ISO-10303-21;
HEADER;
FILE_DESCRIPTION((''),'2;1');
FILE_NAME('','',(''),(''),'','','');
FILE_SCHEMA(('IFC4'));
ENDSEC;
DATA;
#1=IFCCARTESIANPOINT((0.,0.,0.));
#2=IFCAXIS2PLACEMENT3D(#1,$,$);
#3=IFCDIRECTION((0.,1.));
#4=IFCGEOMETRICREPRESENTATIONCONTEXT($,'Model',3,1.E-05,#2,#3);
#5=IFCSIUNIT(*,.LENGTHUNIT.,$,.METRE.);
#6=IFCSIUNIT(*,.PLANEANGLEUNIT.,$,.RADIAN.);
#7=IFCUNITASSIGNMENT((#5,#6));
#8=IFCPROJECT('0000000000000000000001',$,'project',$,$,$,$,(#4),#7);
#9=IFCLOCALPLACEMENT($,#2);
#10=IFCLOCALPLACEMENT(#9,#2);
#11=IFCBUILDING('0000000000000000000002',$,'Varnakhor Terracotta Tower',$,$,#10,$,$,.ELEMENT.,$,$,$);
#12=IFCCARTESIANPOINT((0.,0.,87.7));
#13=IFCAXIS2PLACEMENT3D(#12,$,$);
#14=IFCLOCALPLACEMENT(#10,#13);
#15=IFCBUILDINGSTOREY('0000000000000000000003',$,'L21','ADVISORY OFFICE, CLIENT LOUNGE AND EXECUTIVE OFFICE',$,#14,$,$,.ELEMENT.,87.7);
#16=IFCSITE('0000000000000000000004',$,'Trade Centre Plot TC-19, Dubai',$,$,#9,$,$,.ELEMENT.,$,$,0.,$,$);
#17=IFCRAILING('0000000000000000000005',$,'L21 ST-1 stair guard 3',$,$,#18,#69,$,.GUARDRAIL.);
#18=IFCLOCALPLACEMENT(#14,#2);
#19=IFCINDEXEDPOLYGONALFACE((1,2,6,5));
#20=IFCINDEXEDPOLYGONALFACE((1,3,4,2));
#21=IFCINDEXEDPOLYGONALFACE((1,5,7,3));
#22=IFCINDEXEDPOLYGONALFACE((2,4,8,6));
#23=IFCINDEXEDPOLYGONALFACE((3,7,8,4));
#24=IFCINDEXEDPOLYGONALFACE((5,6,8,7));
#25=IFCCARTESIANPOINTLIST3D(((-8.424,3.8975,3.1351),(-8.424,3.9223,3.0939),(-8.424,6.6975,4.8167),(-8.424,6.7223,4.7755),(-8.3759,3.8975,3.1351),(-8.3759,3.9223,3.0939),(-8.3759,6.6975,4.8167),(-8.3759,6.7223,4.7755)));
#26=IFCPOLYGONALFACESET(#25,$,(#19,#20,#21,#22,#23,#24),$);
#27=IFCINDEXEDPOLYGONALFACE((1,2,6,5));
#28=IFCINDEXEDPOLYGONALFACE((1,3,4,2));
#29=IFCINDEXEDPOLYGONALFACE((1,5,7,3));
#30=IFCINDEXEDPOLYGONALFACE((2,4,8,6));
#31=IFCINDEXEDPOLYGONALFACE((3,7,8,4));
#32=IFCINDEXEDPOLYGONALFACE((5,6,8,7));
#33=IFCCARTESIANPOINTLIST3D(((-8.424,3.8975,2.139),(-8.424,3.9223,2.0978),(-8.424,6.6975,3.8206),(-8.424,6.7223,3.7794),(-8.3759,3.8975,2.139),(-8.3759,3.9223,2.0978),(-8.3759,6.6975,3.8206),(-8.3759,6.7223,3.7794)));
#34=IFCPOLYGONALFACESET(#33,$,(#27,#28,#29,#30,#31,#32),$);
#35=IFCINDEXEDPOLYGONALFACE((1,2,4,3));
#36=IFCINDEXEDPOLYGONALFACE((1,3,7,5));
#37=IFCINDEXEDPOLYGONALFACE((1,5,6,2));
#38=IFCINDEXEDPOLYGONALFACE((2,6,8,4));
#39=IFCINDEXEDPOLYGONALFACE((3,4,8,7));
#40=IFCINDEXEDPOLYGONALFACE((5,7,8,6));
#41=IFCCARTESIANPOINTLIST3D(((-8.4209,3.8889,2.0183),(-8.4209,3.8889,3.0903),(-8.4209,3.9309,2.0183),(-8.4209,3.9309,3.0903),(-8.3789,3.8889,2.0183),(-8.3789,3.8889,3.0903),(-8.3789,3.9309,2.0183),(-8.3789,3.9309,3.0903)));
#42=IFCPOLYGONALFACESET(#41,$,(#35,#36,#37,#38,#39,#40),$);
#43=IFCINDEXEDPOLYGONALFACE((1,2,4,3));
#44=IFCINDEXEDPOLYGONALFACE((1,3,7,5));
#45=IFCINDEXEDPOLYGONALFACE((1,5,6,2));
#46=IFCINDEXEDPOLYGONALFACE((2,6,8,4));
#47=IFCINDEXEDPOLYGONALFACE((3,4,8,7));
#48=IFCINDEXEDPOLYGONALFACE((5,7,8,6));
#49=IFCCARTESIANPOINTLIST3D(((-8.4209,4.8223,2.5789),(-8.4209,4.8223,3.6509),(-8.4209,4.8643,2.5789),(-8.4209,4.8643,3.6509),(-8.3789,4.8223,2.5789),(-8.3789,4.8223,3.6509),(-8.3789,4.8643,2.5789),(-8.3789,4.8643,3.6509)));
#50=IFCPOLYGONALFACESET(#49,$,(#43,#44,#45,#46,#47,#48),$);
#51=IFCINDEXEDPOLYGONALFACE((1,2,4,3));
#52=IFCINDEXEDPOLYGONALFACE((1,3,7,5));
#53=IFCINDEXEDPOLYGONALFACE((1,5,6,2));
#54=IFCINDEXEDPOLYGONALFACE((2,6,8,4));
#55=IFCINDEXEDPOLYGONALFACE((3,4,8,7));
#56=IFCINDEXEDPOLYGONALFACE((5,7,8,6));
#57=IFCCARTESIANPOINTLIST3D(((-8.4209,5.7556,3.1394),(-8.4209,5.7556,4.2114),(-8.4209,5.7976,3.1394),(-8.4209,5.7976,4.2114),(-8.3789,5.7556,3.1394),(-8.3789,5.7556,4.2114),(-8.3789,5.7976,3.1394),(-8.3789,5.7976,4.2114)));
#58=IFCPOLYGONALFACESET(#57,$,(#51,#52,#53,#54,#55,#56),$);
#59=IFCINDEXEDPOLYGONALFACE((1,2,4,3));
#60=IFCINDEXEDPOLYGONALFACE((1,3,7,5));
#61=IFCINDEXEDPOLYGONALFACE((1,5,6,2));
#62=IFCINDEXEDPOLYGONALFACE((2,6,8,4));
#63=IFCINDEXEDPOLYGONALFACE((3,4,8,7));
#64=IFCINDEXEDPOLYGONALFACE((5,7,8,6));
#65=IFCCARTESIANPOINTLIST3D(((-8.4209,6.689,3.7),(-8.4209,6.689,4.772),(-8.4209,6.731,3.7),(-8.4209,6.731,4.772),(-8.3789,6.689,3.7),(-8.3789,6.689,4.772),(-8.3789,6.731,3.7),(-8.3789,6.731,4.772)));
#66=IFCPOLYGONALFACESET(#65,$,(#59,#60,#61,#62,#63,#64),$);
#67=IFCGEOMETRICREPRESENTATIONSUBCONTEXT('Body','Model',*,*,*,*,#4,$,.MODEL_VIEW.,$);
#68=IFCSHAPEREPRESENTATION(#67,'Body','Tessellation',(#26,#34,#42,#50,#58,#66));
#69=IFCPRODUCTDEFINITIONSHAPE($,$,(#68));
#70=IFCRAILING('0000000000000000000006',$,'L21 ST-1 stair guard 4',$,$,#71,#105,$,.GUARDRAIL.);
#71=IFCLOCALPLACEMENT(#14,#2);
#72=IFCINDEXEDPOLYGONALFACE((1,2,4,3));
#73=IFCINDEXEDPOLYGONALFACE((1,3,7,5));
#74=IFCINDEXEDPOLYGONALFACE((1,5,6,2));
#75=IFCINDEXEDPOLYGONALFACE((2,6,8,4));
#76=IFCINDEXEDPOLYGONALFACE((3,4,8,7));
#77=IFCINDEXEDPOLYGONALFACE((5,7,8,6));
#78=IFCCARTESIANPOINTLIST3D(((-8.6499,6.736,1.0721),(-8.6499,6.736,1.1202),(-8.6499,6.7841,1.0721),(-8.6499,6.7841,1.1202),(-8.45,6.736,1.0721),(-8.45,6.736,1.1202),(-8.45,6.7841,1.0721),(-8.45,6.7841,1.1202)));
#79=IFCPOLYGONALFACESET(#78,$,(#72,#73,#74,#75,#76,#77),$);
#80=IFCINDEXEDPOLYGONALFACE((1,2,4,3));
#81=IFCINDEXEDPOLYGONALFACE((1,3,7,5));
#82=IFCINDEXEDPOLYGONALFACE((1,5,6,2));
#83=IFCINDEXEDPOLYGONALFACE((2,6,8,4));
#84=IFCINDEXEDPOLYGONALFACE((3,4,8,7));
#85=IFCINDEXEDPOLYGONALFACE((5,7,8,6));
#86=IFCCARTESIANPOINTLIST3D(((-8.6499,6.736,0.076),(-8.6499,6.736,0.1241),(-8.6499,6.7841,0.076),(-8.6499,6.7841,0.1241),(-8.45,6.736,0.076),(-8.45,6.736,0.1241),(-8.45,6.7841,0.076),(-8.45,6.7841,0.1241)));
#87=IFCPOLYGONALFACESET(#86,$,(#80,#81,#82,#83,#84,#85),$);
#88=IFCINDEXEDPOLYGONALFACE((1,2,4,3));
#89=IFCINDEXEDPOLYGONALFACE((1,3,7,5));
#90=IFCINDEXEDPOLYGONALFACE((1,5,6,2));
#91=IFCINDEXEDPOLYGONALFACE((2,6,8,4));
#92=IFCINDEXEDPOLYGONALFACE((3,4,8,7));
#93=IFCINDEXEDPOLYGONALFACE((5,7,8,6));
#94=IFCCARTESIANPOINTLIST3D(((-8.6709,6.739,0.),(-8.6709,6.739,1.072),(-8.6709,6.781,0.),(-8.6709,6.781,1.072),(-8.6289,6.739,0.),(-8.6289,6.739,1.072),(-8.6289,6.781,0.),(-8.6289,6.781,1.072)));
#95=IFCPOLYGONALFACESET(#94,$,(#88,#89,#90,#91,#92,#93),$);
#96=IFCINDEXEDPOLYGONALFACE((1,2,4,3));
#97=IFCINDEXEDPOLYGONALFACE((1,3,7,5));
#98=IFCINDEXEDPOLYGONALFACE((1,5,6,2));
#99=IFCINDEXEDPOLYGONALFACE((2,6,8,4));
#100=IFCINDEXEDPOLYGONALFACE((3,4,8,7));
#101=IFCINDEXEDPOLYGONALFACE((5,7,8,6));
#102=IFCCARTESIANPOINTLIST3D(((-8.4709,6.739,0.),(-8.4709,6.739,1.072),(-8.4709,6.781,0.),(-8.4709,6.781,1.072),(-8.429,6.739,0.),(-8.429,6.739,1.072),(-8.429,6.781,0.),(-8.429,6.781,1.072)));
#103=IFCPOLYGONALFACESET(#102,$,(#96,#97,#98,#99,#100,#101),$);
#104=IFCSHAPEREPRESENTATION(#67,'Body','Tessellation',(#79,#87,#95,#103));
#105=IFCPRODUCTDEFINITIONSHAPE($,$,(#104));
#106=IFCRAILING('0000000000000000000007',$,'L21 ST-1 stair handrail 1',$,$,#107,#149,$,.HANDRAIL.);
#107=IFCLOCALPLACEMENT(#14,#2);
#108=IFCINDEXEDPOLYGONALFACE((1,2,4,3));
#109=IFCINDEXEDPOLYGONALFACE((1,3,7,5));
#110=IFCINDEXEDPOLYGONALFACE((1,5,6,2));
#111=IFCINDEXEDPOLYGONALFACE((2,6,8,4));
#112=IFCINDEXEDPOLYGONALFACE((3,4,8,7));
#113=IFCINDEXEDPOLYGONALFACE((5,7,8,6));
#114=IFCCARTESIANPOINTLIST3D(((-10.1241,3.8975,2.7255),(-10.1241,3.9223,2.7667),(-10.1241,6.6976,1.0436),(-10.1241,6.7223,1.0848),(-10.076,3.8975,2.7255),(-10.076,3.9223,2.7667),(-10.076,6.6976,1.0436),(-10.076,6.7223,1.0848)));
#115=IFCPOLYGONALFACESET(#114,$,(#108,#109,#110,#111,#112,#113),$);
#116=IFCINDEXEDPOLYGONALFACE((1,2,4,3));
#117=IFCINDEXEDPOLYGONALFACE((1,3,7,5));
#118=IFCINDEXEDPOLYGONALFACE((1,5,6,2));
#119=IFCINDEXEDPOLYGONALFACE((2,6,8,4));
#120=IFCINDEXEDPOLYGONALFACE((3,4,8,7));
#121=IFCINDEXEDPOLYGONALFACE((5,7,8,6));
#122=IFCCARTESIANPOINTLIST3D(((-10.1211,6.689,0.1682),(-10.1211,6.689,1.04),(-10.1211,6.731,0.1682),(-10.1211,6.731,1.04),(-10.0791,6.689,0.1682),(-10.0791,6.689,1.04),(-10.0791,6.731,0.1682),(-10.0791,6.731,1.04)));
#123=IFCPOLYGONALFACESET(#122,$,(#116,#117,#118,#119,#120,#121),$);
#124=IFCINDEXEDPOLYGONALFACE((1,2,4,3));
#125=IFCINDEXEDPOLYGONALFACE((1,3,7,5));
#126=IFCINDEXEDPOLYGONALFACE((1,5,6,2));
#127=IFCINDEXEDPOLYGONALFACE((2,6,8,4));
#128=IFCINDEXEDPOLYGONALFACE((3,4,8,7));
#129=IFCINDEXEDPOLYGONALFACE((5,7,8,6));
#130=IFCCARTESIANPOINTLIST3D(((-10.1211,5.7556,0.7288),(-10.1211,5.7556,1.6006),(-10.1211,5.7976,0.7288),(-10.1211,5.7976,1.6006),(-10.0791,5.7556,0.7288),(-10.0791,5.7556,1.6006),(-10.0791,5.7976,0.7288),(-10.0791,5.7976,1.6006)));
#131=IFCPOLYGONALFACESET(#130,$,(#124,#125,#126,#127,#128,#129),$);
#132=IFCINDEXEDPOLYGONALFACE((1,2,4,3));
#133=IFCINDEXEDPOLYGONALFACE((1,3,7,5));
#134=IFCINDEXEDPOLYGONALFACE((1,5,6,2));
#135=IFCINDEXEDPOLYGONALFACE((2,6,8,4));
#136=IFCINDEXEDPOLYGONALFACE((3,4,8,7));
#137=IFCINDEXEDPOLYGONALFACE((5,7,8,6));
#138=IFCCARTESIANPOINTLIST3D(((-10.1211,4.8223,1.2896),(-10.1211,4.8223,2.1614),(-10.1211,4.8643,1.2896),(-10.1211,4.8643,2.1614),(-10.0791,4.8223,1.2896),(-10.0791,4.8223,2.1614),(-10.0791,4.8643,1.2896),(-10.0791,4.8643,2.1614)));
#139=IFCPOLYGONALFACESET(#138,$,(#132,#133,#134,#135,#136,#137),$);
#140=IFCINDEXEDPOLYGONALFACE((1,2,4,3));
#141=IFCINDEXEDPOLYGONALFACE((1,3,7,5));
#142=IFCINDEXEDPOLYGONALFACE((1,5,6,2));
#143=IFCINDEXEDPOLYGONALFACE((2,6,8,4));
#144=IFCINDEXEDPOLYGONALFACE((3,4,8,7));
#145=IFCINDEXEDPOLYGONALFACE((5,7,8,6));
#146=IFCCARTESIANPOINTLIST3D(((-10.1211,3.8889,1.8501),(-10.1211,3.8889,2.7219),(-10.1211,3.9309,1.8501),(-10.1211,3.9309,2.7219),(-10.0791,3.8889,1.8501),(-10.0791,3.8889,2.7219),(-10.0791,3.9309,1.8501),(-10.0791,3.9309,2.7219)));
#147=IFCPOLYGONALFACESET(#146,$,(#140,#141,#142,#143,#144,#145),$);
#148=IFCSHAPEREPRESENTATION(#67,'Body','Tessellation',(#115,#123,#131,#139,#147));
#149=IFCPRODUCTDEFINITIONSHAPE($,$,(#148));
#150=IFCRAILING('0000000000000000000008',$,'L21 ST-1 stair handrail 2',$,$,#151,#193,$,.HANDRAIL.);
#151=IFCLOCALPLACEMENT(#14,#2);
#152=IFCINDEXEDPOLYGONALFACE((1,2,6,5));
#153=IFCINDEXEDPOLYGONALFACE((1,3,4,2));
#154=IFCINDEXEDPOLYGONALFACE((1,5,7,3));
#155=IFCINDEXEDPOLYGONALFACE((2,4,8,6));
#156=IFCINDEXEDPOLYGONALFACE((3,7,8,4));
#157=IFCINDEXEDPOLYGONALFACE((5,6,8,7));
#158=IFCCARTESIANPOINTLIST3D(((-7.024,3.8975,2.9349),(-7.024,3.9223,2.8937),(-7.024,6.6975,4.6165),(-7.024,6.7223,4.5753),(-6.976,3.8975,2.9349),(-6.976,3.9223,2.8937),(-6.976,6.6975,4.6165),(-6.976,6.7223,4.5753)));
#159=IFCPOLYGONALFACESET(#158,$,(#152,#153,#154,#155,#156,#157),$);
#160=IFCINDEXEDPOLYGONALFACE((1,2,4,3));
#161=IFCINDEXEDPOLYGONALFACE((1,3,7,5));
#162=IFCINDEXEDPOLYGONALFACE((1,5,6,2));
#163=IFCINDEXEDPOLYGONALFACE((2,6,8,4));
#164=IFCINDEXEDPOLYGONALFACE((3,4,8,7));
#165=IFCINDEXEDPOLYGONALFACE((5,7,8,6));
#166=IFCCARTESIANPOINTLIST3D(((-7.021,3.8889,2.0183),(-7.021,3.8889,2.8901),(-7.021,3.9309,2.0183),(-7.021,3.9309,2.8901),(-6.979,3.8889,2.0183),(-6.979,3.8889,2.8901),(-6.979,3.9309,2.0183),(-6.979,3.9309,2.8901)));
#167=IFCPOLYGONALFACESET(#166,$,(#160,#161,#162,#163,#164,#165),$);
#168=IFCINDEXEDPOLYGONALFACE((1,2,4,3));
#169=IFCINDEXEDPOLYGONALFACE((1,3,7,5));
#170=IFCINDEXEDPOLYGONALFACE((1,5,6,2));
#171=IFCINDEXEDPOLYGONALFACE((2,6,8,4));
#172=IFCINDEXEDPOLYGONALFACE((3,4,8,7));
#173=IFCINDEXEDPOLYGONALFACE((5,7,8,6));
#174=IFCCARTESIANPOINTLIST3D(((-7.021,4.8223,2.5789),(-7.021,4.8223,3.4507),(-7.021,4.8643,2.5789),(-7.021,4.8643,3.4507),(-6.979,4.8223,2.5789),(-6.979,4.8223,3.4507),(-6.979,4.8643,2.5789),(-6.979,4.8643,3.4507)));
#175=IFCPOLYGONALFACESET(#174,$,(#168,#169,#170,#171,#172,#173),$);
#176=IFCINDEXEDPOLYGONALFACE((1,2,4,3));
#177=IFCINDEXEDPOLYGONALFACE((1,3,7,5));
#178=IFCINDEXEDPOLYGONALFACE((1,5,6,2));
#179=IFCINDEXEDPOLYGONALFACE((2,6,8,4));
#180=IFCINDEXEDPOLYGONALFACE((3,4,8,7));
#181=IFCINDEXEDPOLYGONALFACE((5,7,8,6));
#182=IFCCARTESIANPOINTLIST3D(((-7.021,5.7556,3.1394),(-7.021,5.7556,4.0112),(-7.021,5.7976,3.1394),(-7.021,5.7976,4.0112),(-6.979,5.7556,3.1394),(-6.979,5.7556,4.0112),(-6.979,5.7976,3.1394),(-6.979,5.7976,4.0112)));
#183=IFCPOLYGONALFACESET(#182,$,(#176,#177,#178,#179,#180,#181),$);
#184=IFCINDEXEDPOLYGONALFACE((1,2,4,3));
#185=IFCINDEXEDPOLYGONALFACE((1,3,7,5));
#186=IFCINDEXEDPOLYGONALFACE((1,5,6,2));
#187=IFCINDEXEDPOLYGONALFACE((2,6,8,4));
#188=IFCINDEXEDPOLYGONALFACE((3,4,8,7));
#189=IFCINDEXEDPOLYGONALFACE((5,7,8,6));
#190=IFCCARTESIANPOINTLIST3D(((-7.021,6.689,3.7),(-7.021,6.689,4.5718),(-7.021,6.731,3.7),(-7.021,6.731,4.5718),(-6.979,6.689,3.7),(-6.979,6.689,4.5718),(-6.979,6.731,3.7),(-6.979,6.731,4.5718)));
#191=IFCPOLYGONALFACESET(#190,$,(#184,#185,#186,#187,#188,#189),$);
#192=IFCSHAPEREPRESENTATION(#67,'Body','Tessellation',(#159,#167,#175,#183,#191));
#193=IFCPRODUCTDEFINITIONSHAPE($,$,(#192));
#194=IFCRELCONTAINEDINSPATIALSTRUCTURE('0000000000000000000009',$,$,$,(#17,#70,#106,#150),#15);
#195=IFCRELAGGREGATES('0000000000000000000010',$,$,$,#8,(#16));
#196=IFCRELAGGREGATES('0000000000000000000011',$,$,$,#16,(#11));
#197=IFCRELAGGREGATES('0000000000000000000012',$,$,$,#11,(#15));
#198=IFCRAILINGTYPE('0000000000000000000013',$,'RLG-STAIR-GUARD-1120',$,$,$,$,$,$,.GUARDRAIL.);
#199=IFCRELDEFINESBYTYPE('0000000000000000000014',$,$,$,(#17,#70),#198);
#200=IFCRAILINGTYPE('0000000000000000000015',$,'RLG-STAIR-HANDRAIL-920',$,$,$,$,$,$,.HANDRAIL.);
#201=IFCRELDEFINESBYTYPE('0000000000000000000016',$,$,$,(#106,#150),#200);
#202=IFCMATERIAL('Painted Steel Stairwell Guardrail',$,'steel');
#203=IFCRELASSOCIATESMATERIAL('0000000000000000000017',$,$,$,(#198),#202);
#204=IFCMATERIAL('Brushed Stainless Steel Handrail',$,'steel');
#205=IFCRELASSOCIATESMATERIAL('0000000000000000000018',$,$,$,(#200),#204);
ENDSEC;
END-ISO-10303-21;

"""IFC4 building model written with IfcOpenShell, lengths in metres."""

from ifc_helpers import new_model, si_unit, direction, frame, origin, origin_2d, place, context, subcontext, project, spatial, rectangle, extrude, material, type_object, element, save


model = new_model("IFC4")

# Units and contexts
model_context = context("Model", 3, precision=1e-05, world=origin(), true_north=direction((0.0, 1.0)))
body_context = subcontext(model_context, "Body", "Model", "MODEL_VIEW")
ifc_project = project(units=[si_unit("LENGTHUNIT", "METRE"), si_unit("PLANEANGLEUNIT", "RADIAN")], contexts=[model_context])

# Site, building, storey
site_placement = place(None, origin())
site = spatial("IfcSite", under=ifc_project, at=site_placement, Name="Trade Centre Plot TC-19, Dubai", CompositionType="ELEMENT", RefElevation=0.0)
building_placement = place(site_placement, origin())
building = spatial("IfcBuilding", under=site, at=building_placement, Name="Varnakhor Terracotta Tower", CompositionType="ELEMENT")
storey_placement = place(building_placement, frame((0.0, 0.0, 87.7)))
storey = spatial("IfcBuildingStorey", under=building, at=storey_placement, Name="L21", Description="ADVISORY OFFICE, CLIENT LOUNGE AND EXECUTIVE OFFICE", CompositionType="ELEMENT", Elevation=87.7)

# Railings
ifc_material_1 = material(Name="Painted Steel Stairwell Guardrail", Category="steel")
railing_type_1 = type_object("IfcRailingType", Name="RLG-STAIR-GUARD-1120", PredefinedType="GUARDRAIL", material=ifc_material_1)
railing_1_placement = place(storey_placement, frame((-8.3999, 3.9099, 2.0183)))
element("IfcRailing", 1, at=railing_1_placement, inside=storey, type_object=railing_type_1, Name="L21 ST-1 stair guard 3", PredefinedType="GUARDRAIL", context=body_context, shape_type="SweptSolid", body=[
    extrude(rectangle(XDim=0.0481, YDim=0.0481, at=origin_2d()), frame((0.0, 0.0, 1.0962), z_axis=(0.0, 0.857275, 0.514858), x_axis=(-1.0, 0.0, 0.0)), (0.0, 0.0, 1.0), 3.2661),
    extrude(rectangle(XDim=0.0481, YDim=0.0481, at=origin_2d()), frame((0.0, 0.0, 0.1001), z_axis=(0.0, 0.857275, 0.514858), x_axis=(-1.0, 0.0, 0.0)), (0.0, 0.0, 1.0), 3.2661),
    extrude(rectangle(XDim=0.042, YDim=0.042, at=origin_2d()), origin(), (0.0, 0.0, 1.0), 1.072),
    extrude(rectangle(XDim=0.042, YDim=0.042, at=origin_2d()), frame((0.0, 0.9333, 0.5605)), (0.0, 0.0, 1.0), 1.072),
    extrude(rectangle(XDim=0.042, YDim=0.042, at=origin_2d()), frame((0.0, 1.8667, 1.1211)), (0.0, 0.0, 1.0), 1.072),
    extrude(rectangle(XDim=0.042, YDim=0.042, at=origin_2d()), frame((0.0, 2.8, 1.6816)), (0.0, 0.0, 1.0), 1.072),
])
railing_2_placement = place(storey_placement, frame((-8.6499, 6.76, 0.0)))
element("IfcRailing", 2, at=railing_2_placement, inside=storey, type_object=railing_type_1, Name="L21 ST-1 stair guard 4", PredefinedType="GUARDRAIL", context=body_context, shape_type="SweptSolid", body=[
    extrude(rectangle(XDim=0.0481, YDim=0.0481, at=origin_2d()), frame((0.0, 0.0, 1.0962), z_axis=(1.0, 0.0, 0.0), x_axis=(0.0, 1.0, 0.0)), (0.0, 0.0, 1.0), 0.2),
    extrude(rectangle(XDim=0.0481, YDim=0.0481, at=origin_2d()), frame((0.0, 0.0, 0.1001), z_axis=(1.0, 0.0, 0.0), x_axis=(0.0, 1.0, 0.0)), (0.0, 0.0, 1.0), 0.2),
    extrude(rectangle(XDim=0.042, YDim=0.042, at=origin_2d()), origin(), (0.0, 0.0, 1.0), 1.072),
    extrude(rectangle(XDim=0.042, YDim=0.042, at=origin_2d()), frame((0.2, 0.0, 0.0)), (0.0, 0.0, 1.0), 1.072),
])
ifc_material_2 = material(Name="Brushed Stainless Steel Handrail", Category="steel")
railing_type_2 = type_object("IfcRailingType", Name="RLG-STAIR-HANDRAIL-920", PredefinedType="HANDRAIL", material=ifc_material_2)
railing_3_placement = place(storey_placement, frame((-10.1001, 6.71, 0.1682)))
element("IfcRailing", 3, at=railing_3_placement, inside=storey, type_object=railing_type_2, Name="L21 ST-1 stair handrail 1", PredefinedType="HANDRAIL", context=body_context, shape_type="SweptSolid", body=[
    extrude(rectangle(XDim=0.0481, YDim=0.0481, at=origin_2d()), frame((0.0, 0.0, 0.896), z_axis=(0.0, -0.857242, 0.514913), x_axis=(1.0, 0.0, 0.0)), (0.0, 0.0, 1.0), 3.2664),
    extrude(rectangle(XDim=0.042, YDim=0.042, at=origin_2d()), origin(), (0.0, 0.0, 1.0), 0.8718),
    extrude(rectangle(XDim=0.042, YDim=0.042, at=origin_2d()), frame((0.0, -0.9333, 0.5605)), (0.0, 0.0, 1.0), 0.8718),
    extrude(rectangle(XDim=0.042, YDim=0.042, at=origin_2d()), frame((0.0, -1.8667, 1.1213)), (0.0, 0.0, 1.0), 0.8718),
    extrude(rectangle(XDim=0.042, YDim=0.042, at=origin_2d()), frame((0.0, -2.8, 1.6819)), (0.0, 0.0, 1.0), 0.8718),
])
railing_4_placement = place(storey_placement, frame((-7.0, 3.9099, 2.0183)))
element("IfcRailing", 4, at=railing_4_placement, inside=storey, type_object=railing_type_2, Name="L21 ST-1 stair handrail 2", PredefinedType="HANDRAIL", context=body_context, shape_type="SweptSolid", body=[
    extrude(rectangle(XDim=0.0481, YDim=0.0481, at=origin_2d()), frame((0.0, 0.0, 0.896), z_axis=(0.0, 0.857275, 0.514858), x_axis=(-1.0, 0.0, 0.0)), (0.0, 0.0, 1.0), 3.2661),
    extrude(rectangle(XDim=0.042, YDim=0.042, at=origin_2d()), origin(), (0.0, 0.0, 1.0), 0.8718),
    extrude(rectangle(XDim=0.042, YDim=0.042, at=origin_2d()), frame((0.0, 0.9333, 0.5605)), (0.0, 0.0, 1.0), 0.8718),
    extrude(rectangle(XDim=0.042, YDim=0.042, at=origin_2d()), frame((0.0, 1.8667, 1.1211)), (0.0, 0.0, 1.0), 0.8718),
    extrude(rectangle(XDim=0.042, YDim=0.042, at=origin_2d()), frame((0.0, 2.8, 1.6816)), (0.0, 0.0, 1.0), 0.8718),
])

save(model, "model.ifc")
